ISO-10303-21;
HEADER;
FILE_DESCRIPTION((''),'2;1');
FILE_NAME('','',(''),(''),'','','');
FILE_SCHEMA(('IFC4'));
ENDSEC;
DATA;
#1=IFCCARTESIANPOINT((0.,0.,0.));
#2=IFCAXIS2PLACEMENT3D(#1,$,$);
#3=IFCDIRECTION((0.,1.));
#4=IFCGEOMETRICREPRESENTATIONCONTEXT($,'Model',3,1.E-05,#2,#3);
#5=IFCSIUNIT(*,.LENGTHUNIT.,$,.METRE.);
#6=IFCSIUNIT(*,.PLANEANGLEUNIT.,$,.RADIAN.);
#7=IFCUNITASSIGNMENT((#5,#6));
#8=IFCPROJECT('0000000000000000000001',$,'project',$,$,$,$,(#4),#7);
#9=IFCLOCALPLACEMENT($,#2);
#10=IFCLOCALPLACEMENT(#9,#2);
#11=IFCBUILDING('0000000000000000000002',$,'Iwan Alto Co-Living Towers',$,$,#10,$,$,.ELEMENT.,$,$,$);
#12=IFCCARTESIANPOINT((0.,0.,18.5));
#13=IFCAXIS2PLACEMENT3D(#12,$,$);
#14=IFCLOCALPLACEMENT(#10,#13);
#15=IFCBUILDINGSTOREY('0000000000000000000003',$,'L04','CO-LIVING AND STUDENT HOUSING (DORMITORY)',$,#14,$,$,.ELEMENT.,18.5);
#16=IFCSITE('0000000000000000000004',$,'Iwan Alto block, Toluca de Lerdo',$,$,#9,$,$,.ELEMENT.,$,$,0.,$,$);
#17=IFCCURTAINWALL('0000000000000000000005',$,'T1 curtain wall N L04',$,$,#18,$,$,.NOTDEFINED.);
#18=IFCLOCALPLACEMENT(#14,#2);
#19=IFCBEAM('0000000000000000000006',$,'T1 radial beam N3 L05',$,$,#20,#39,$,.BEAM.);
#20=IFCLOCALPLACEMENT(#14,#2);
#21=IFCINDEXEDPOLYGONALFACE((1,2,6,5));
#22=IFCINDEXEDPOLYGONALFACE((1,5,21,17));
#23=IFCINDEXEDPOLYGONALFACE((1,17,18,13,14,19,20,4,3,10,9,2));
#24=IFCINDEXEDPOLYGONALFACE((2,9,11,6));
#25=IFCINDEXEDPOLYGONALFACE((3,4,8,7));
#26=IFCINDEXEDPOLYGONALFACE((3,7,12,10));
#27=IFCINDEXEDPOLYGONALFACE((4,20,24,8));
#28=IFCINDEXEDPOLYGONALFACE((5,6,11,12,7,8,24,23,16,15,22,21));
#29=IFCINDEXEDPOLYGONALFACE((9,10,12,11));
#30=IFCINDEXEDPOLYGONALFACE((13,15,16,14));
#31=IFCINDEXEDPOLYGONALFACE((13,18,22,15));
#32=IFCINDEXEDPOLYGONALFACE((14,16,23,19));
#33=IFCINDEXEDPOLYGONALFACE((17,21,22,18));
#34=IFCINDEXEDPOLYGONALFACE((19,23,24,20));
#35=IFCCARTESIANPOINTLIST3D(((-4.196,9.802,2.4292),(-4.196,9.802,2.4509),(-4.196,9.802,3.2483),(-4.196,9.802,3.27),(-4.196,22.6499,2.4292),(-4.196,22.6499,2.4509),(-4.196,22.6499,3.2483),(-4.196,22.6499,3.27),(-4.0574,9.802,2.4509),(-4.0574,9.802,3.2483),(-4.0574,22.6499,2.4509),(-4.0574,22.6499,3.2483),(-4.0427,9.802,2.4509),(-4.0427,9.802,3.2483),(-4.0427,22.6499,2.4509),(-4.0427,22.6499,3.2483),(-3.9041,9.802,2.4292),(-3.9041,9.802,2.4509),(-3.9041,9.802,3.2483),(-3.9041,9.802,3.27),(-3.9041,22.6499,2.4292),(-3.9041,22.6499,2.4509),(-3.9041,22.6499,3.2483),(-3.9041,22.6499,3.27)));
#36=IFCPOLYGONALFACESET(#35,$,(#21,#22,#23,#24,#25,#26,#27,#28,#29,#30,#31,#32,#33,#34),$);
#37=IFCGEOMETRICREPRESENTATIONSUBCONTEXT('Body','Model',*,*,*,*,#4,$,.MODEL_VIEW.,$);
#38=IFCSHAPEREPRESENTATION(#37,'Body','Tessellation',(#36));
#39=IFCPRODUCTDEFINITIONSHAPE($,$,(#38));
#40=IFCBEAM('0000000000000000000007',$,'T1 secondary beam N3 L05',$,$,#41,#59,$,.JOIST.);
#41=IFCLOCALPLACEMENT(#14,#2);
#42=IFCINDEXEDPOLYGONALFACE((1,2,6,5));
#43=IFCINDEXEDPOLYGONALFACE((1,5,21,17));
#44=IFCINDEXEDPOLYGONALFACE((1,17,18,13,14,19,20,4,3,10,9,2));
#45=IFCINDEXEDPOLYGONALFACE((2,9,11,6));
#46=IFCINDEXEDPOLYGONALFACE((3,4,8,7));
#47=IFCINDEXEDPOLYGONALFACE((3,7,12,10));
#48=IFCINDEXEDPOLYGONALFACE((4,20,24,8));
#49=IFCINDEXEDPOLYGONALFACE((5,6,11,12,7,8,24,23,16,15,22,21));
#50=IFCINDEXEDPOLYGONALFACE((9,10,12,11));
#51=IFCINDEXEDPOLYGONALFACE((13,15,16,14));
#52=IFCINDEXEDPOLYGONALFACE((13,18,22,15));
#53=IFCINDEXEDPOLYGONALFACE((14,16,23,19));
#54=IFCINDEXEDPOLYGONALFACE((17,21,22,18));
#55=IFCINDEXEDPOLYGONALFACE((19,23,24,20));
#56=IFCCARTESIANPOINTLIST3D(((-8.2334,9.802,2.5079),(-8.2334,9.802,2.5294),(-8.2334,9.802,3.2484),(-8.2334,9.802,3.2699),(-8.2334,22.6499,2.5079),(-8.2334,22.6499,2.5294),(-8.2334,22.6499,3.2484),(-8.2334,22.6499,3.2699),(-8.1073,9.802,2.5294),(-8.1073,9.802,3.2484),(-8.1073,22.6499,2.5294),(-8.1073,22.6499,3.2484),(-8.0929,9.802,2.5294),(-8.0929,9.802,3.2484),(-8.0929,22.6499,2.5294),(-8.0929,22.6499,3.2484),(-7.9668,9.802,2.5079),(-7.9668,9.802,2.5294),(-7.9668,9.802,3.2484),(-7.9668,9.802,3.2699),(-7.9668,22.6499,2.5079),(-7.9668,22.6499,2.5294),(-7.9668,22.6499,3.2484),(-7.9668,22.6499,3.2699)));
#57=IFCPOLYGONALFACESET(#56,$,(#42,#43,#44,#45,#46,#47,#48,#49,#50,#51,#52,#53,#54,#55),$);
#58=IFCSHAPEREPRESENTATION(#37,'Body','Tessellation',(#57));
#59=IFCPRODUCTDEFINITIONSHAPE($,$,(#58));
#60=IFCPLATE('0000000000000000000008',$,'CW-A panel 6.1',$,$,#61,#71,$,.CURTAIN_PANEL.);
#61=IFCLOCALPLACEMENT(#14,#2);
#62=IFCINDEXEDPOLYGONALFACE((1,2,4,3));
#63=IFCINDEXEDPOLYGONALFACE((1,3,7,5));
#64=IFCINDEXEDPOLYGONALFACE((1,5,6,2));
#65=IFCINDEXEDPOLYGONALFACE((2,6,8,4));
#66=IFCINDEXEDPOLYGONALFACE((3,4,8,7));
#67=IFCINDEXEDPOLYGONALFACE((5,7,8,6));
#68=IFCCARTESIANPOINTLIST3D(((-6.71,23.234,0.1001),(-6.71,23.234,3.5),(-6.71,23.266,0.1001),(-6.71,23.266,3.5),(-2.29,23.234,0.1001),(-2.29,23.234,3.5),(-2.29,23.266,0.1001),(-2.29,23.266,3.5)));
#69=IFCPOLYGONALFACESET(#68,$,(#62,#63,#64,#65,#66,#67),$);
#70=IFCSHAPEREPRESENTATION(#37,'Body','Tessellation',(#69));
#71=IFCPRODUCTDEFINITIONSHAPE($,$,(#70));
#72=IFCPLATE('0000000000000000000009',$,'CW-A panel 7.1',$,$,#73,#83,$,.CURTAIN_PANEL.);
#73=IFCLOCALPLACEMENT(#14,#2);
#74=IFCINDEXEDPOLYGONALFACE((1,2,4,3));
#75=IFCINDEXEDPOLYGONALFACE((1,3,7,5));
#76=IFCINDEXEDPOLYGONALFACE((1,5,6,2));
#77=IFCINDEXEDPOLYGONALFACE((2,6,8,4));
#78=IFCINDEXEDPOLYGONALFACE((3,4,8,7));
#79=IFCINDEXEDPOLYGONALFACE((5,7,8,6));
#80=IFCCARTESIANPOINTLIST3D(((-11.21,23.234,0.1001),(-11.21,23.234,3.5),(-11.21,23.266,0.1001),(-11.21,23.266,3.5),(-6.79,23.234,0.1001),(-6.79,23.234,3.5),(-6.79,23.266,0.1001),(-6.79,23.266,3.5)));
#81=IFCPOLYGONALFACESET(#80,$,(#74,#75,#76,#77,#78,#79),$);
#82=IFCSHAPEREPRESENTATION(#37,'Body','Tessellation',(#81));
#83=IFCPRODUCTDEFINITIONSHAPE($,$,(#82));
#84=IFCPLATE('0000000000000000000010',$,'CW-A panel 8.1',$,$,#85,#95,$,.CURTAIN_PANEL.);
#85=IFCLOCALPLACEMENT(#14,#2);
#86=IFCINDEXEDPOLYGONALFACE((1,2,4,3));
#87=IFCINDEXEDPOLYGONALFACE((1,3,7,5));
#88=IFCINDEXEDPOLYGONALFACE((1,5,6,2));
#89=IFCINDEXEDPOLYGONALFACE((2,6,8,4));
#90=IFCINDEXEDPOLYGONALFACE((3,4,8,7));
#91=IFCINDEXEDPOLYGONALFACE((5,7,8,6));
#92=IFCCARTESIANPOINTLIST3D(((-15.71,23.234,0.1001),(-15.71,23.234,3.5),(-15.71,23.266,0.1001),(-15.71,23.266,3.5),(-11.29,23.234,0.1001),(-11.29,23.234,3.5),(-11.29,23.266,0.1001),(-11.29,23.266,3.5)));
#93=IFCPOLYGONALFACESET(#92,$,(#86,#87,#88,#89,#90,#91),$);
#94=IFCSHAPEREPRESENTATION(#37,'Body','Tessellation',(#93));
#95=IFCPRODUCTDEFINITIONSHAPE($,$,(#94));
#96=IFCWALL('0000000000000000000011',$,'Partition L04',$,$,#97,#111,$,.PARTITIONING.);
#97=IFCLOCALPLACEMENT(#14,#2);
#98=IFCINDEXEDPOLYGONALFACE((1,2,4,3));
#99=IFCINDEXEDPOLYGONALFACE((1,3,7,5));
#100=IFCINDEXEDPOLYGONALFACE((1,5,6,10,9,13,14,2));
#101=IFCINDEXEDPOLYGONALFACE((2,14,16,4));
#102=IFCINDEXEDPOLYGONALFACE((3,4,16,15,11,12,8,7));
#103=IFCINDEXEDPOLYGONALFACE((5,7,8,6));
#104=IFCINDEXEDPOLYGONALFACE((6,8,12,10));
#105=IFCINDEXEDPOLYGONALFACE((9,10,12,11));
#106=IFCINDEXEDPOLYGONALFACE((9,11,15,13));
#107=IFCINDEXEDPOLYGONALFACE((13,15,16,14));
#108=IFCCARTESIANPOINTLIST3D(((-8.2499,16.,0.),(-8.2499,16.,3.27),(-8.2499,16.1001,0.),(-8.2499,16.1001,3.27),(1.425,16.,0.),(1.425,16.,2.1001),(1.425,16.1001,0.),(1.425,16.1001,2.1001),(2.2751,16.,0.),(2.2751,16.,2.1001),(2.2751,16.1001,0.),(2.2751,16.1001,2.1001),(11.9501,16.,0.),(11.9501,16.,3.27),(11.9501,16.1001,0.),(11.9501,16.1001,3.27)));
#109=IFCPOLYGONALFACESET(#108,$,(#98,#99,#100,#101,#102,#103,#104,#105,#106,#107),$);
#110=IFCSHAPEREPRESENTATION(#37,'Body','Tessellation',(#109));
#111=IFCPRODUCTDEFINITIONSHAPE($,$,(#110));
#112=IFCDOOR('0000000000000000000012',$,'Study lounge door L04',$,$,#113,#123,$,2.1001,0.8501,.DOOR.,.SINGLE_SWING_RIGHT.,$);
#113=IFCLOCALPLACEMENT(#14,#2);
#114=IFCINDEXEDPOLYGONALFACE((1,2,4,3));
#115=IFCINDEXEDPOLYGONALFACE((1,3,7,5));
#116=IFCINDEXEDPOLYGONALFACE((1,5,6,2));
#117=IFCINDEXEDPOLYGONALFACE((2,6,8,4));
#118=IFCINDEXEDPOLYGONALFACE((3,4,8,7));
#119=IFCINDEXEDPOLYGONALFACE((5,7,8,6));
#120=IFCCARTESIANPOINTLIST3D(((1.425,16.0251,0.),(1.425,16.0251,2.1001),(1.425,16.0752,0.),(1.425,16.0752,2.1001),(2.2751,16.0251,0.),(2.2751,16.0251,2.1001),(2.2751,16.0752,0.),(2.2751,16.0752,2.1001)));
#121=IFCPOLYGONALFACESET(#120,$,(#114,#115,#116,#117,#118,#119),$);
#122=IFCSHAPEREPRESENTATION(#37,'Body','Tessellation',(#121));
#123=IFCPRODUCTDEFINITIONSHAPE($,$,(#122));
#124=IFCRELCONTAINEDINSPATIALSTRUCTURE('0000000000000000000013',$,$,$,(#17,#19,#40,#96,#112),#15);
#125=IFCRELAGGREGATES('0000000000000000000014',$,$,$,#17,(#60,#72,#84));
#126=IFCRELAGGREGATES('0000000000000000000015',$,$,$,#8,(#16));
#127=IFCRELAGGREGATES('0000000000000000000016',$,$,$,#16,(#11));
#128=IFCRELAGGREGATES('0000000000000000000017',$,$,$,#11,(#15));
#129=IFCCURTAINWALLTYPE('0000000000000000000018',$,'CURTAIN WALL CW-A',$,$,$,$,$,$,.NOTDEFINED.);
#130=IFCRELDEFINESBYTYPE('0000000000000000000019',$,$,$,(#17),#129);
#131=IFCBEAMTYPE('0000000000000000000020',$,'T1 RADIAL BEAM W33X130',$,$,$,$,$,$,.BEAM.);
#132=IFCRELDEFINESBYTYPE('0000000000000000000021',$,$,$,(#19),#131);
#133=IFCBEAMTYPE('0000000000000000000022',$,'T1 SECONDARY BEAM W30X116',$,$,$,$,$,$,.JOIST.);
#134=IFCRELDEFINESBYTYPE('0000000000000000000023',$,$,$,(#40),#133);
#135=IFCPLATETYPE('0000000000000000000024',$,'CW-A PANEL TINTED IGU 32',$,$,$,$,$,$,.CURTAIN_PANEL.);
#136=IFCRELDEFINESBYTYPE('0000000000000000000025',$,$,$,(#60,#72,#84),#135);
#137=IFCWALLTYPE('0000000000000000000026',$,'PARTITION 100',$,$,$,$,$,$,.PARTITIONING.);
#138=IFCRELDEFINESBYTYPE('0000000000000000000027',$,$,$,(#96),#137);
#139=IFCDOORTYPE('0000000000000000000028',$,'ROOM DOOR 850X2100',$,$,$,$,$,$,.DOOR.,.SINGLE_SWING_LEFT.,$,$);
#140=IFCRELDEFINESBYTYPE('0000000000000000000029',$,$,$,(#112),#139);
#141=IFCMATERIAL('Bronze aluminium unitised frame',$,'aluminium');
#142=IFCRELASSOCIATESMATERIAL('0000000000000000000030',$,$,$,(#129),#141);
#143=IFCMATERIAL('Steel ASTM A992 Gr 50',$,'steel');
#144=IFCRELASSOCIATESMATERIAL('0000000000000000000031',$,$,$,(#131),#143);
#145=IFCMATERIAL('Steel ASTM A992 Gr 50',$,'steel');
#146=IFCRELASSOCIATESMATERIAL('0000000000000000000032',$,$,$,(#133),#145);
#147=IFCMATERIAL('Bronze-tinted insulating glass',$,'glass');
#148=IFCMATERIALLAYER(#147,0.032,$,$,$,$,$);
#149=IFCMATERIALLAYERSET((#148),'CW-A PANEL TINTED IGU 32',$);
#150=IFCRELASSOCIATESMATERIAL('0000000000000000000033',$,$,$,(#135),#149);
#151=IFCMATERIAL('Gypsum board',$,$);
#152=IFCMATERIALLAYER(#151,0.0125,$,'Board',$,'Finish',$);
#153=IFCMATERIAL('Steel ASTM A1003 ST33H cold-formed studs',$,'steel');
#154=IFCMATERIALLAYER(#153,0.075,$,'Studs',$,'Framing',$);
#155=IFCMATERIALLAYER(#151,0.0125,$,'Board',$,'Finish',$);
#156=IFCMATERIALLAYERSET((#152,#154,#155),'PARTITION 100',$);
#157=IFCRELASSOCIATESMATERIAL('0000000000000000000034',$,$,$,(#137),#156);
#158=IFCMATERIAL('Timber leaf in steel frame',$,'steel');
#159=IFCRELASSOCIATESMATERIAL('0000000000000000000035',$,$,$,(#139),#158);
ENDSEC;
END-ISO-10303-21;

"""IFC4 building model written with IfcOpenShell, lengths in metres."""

from ifc_helpers import new_model, si_unit, direction, frame, frame_2d, origin, origin_2d, place, context, subcontext, project, spatial, rectangle, i_section, extrude, material, layer, layer_set, material_profile, profile_set, type_object, element, fill, aggregate, save


model = new_model("IFC4")

# Units and contexts
model_context = context("Model", 3, precision=1e-05, world=origin(), true_north=direction((0.0, 1.0)))
body_context = subcontext(model_context, "Body", "Model", "MODEL_VIEW")
ifc_project = project(units=[si_unit("LENGTHUNIT", "METRE"), si_unit("PLANEANGLEUNIT", "RADIAN")], contexts=[model_context])

# Site, building, storey
site_placement = place(None, origin())
site = spatial("IfcSite", under=ifc_project, at=site_placement, Name="Iwan Alto block, Toluca de Lerdo", CompositionType="ELEMENT", RefElevation=0.0)
building_placement = place(site_placement, origin())
building = spatial("IfcBuilding", under=site, at=building_placement, Name="Iwan Alto Co-Living Towers", CompositionType="ELEMENT")
storey_placement = place(building_placement, frame((0.0, 0.0, 18.5)))
storey = spatial("IfcBuildingStorey", under=building, at=storey_placement, Name="L04", Description="CO-LIVING AND STUDENT HOUSING (DORMITORY)", CompositionType="ELEMENT", Elevation=18.5)

# Curtain wall
ifc_material_1 = material(Name="Bronze aluminium unitised frame", Category="aluminium")
curtain_wall_type = type_object("IfcCurtainWallType", Name="CURTAIN WALL CW-A", PredefinedType="NOTDEFINED", material=ifc_material_1)
curtain_wall_placement = place(storey_placement, origin())
curtain_wall = element("IfcCurtainWall", 1, at=curtain_wall_placement, inside=storey, type_object=curtain_wall_type, Name="T1 curtain wall N L04", PredefinedType="NOTDEFINED")

# Beams
ifc_material_2 = material(Name="Steel ASTM A992 Gr 50", Category="steel")
ifc_material_profile_1 = material_profile(ifc_material_2, i_section(OverallWidth=0.292, OverallDepth=0.8408, WebThickness=0.0146, FlangeThickness=0.0217, at=origin_2d()), Name="W33X130")
ifc_profile_set_1 = profile_set([ifc_material_profile_1], Name="Steel ASTM A992 Gr 50")
beam_type_1 = type_object("IfcBeamType", Name="T1 RADIAL BEAM W33X130", PredefinedType="BEAM", material=ifc_profile_set_1)
beam_1_placement = place(storey_placement, frame((-4.05, 22.6499, 2.8496), z_axis=(0.0, -1.0, 0.0), x_axis=(1.0, 0.0, 0.0)))
element("IfcBeam", 2, at=beam_1_placement, inside=storey, type_object=beam_type_1, Name="T1 radial beam N3 L05", PredefinedType="BEAM", context=body_context, shape_type="SweptSolid", body=[
    extrude(i_section(OverallWidth=0.292, OverallDepth=0.8408, WebThickness=0.0146, FlangeThickness=0.0217, at=origin_2d()), origin(), (0.0, 0.0, 1.0), 12.8479),
])
ifc_material_3 = material(Name="Steel ASTM A992 Gr 50", Category="steel")
ifc_material_profile_2 = material_profile(ifc_material_3, i_section(OverallWidth=0.2666, OverallDepth=0.762, WebThickness=0.0144, FlangeThickness=0.0215, at=origin_2d()), Name="W30X116")
ifc_profile_set_2 = profile_set([ifc_material_profile_2], Name="Steel ASTM A992 Gr 50")
beam_type_2 = type_object("IfcBeamType", Name="T1 SECONDARY BEAM W30X116", PredefinedType="JOIST", material=ifc_profile_set_2)
beam_2_placement = place(storey_placement, frame((-8.1001, 22.6499, 2.8889), z_axis=(0.0, -1.0, 0.0), x_axis=(1.0, 0.0, 0.0)))
element("IfcBeam", 3, at=beam_2_placement, inside=storey, type_object=beam_type_2, Name="T1 secondary beam N3 L05", PredefinedType="JOIST", context=body_context, shape_type="SweptSolid", body=[
    extrude(i_section(OverallWidth=0.2666, OverallDepth=0.762, WebThickness=0.0144, FlangeThickness=0.0215, at=origin_2d()), origin(), (0.0, 0.0, 1.0), 12.8479),
])

# Plates
ifc_material_4 = material(Name="Bronze-tinted insulating glass", Category="glass")
ifc_layer_1 = layer(ifc_material_4, 0.032)
ifc_layer_set_1 = layer_set([ifc_layer_1], Name="CW-A PANEL TINTED IGU 32")
plate_type = type_object("IfcPlateType", Name="CW-A PANEL TINTED IGU 32", PredefinedType="CURTAIN_PANEL", material=ifc_layer_set_1)
plate_1_placement = place(storey_placement, frame((-4.5, 23.25, 0.1001), z_axis=(0.0, 0.0, 1.0), x_axis=(-1.0, 0.0, 0.0)))
plate_1 = element("IfcPlate", 4, at=plate_1_placement, type_object=plate_type, Name="CW-A panel 6.1", PredefinedType="CURTAIN_PANEL", context=body_context, shape_type="SweptSolid", body=[
    extrude(rectangle(XDim=4.4199, YDim=0.032, at=origin_2d()), origin(), (0.0, 0.0, 1.0), 3.3999),
])
plate_2_placement = place(storey_placement, frame((-9.0, 23.25, 0.1001), z_axis=(0.0, 0.0, 1.0), x_axis=(-1.0, 0.0, 0.0)))
plate_2 = element("IfcPlate", 5, at=plate_2_placement, type_object=plate_type, Name="CW-A panel 7.1", PredefinedType="CURTAIN_PANEL", context=body_context, shape_type="SweptSolid", body=[
    extrude(rectangle(XDim=4.4199, YDim=0.032, at=origin_2d()), origin(), (0.0, 0.0, 1.0), 3.3999),
])
plate_3_placement = place(storey_placement, frame((-13.5, 23.25, 0.1001), z_axis=(0.0, 0.0, 1.0), x_axis=(-1.0, 0.0, 0.0)))
plate_3 = element("IfcPlate", 6, at=plate_3_placement, type_object=plate_type, Name="CW-A panel 8.1", PredefinedType="CURTAIN_PANEL", context=body_context, shape_type="SweptSolid", body=[
    extrude(rectangle(XDim=4.4199, YDim=0.032, at=origin_2d()), origin(), (0.0, 0.0, 1.0), 3.3999),
])
aggregate(curtain_wall, [plate_1, plate_2, plate_3])

# Wall, opening, door
ifc_material_5 = material(Name="Gypsum board")
ifc_layer_2 = layer(ifc_material_5, 0.0125, Name="Board", Category="Finish")
ifc_material_6 = material(Name="Steel ASTM A1003 ST33H cold-formed studs", Category="steel")
ifc_layer_3 = layer(ifc_material_6, 0.075, Name="Studs", Category="Framing")
ifc_layer_4 = layer(ifc_material_5, 0.0125, Name="Board", Category="Finish")
ifc_layer_set_2 = layer_set([ifc_layer_2, ifc_layer_3, ifc_layer_4], Name="PARTITION 100")
wall_type = type_object("IfcWallType", Name="PARTITION 100", PredefinedType="PARTITIONING", material=ifc_layer_set_2)
wall_1_placement = place(storey_placement, frame((-8.25, 16.05, 0.0), z_axis=(0.0, 0.0, 1.0), x_axis=(1.0, 0.0, 0.0)))
wall_1 = element("IfcWall", 7, at=wall_1_placement, inside=storey, type_object=wall_type, Name="Partition L04", PredefinedType="PARTITIONING", context=body_context, shape_type="SweptSolid", body=[
    extrude(rectangle(XDim=20.2, YDim=0.1001, at=frame_2d((10.1001, 0.0))), origin(), (0.0, 0.0, 1.0), 3.27),
])
opening_1_placement = place(wall_1_placement, frame((9.675, 0.0, 0.0)))
opening_1 = element("IfcOpeningElement", 8, at=opening_1_placement, cuts=wall_1, PredefinedType="OPENING", context=body_context, shape_type="SweptSolid", body=[
    extrude(rectangle(XDim=0.8501, YDim=2.1001, at=frame_2d((0.425, 1.05))), frame((0.0, 0.0601, 0.0), z_axis=(0.0, -1.0, 0.0), x_axis=(1.0, 0.0, 0.0)), (0.0, 0.0, 1.0), 0.1201),
])
ifc_material_7 = material(Name="Timber leaf in steel frame", Category="steel")
door_type_1 = type_object("IfcDoorType", Name="ROOM DOOR 850X2100", OperationType="SINGLE_SWING_LEFT", PredefinedType="DOOR", material=ifc_material_7)
door_1_placement = place(opening_1_placement, frame((0.8501, 0.0, 0.0), z_axis=(0.0, 0.0, 1.0), x_axis=(-1.0, 0.0, 0.0)))
door_1 = element("IfcDoor", 9, at=door_1_placement, inside=storey, type_object=door_type_1, Name="Study lounge door L04", OperationType="SINGLE_SWING_RIGHT", OverallHeight=2.1001, OverallWidth=0.8501, PredefinedType="DOOR", context=body_context, shape_type="SweptSolid", body=[
    extrude(rectangle(XDim=0.8501, YDim=2.1001, at=frame_2d((0.425, 1.05))), frame((0.0, 0.0249, 0.0), z_axis=(0.0, -1.0, 0.0), x_axis=(1.0, 0.0, 0.0)), (0.0, 0.0, 1.0), 0.05),
])
fill(opening_1, door_1)

save(model, "model.ifc")
